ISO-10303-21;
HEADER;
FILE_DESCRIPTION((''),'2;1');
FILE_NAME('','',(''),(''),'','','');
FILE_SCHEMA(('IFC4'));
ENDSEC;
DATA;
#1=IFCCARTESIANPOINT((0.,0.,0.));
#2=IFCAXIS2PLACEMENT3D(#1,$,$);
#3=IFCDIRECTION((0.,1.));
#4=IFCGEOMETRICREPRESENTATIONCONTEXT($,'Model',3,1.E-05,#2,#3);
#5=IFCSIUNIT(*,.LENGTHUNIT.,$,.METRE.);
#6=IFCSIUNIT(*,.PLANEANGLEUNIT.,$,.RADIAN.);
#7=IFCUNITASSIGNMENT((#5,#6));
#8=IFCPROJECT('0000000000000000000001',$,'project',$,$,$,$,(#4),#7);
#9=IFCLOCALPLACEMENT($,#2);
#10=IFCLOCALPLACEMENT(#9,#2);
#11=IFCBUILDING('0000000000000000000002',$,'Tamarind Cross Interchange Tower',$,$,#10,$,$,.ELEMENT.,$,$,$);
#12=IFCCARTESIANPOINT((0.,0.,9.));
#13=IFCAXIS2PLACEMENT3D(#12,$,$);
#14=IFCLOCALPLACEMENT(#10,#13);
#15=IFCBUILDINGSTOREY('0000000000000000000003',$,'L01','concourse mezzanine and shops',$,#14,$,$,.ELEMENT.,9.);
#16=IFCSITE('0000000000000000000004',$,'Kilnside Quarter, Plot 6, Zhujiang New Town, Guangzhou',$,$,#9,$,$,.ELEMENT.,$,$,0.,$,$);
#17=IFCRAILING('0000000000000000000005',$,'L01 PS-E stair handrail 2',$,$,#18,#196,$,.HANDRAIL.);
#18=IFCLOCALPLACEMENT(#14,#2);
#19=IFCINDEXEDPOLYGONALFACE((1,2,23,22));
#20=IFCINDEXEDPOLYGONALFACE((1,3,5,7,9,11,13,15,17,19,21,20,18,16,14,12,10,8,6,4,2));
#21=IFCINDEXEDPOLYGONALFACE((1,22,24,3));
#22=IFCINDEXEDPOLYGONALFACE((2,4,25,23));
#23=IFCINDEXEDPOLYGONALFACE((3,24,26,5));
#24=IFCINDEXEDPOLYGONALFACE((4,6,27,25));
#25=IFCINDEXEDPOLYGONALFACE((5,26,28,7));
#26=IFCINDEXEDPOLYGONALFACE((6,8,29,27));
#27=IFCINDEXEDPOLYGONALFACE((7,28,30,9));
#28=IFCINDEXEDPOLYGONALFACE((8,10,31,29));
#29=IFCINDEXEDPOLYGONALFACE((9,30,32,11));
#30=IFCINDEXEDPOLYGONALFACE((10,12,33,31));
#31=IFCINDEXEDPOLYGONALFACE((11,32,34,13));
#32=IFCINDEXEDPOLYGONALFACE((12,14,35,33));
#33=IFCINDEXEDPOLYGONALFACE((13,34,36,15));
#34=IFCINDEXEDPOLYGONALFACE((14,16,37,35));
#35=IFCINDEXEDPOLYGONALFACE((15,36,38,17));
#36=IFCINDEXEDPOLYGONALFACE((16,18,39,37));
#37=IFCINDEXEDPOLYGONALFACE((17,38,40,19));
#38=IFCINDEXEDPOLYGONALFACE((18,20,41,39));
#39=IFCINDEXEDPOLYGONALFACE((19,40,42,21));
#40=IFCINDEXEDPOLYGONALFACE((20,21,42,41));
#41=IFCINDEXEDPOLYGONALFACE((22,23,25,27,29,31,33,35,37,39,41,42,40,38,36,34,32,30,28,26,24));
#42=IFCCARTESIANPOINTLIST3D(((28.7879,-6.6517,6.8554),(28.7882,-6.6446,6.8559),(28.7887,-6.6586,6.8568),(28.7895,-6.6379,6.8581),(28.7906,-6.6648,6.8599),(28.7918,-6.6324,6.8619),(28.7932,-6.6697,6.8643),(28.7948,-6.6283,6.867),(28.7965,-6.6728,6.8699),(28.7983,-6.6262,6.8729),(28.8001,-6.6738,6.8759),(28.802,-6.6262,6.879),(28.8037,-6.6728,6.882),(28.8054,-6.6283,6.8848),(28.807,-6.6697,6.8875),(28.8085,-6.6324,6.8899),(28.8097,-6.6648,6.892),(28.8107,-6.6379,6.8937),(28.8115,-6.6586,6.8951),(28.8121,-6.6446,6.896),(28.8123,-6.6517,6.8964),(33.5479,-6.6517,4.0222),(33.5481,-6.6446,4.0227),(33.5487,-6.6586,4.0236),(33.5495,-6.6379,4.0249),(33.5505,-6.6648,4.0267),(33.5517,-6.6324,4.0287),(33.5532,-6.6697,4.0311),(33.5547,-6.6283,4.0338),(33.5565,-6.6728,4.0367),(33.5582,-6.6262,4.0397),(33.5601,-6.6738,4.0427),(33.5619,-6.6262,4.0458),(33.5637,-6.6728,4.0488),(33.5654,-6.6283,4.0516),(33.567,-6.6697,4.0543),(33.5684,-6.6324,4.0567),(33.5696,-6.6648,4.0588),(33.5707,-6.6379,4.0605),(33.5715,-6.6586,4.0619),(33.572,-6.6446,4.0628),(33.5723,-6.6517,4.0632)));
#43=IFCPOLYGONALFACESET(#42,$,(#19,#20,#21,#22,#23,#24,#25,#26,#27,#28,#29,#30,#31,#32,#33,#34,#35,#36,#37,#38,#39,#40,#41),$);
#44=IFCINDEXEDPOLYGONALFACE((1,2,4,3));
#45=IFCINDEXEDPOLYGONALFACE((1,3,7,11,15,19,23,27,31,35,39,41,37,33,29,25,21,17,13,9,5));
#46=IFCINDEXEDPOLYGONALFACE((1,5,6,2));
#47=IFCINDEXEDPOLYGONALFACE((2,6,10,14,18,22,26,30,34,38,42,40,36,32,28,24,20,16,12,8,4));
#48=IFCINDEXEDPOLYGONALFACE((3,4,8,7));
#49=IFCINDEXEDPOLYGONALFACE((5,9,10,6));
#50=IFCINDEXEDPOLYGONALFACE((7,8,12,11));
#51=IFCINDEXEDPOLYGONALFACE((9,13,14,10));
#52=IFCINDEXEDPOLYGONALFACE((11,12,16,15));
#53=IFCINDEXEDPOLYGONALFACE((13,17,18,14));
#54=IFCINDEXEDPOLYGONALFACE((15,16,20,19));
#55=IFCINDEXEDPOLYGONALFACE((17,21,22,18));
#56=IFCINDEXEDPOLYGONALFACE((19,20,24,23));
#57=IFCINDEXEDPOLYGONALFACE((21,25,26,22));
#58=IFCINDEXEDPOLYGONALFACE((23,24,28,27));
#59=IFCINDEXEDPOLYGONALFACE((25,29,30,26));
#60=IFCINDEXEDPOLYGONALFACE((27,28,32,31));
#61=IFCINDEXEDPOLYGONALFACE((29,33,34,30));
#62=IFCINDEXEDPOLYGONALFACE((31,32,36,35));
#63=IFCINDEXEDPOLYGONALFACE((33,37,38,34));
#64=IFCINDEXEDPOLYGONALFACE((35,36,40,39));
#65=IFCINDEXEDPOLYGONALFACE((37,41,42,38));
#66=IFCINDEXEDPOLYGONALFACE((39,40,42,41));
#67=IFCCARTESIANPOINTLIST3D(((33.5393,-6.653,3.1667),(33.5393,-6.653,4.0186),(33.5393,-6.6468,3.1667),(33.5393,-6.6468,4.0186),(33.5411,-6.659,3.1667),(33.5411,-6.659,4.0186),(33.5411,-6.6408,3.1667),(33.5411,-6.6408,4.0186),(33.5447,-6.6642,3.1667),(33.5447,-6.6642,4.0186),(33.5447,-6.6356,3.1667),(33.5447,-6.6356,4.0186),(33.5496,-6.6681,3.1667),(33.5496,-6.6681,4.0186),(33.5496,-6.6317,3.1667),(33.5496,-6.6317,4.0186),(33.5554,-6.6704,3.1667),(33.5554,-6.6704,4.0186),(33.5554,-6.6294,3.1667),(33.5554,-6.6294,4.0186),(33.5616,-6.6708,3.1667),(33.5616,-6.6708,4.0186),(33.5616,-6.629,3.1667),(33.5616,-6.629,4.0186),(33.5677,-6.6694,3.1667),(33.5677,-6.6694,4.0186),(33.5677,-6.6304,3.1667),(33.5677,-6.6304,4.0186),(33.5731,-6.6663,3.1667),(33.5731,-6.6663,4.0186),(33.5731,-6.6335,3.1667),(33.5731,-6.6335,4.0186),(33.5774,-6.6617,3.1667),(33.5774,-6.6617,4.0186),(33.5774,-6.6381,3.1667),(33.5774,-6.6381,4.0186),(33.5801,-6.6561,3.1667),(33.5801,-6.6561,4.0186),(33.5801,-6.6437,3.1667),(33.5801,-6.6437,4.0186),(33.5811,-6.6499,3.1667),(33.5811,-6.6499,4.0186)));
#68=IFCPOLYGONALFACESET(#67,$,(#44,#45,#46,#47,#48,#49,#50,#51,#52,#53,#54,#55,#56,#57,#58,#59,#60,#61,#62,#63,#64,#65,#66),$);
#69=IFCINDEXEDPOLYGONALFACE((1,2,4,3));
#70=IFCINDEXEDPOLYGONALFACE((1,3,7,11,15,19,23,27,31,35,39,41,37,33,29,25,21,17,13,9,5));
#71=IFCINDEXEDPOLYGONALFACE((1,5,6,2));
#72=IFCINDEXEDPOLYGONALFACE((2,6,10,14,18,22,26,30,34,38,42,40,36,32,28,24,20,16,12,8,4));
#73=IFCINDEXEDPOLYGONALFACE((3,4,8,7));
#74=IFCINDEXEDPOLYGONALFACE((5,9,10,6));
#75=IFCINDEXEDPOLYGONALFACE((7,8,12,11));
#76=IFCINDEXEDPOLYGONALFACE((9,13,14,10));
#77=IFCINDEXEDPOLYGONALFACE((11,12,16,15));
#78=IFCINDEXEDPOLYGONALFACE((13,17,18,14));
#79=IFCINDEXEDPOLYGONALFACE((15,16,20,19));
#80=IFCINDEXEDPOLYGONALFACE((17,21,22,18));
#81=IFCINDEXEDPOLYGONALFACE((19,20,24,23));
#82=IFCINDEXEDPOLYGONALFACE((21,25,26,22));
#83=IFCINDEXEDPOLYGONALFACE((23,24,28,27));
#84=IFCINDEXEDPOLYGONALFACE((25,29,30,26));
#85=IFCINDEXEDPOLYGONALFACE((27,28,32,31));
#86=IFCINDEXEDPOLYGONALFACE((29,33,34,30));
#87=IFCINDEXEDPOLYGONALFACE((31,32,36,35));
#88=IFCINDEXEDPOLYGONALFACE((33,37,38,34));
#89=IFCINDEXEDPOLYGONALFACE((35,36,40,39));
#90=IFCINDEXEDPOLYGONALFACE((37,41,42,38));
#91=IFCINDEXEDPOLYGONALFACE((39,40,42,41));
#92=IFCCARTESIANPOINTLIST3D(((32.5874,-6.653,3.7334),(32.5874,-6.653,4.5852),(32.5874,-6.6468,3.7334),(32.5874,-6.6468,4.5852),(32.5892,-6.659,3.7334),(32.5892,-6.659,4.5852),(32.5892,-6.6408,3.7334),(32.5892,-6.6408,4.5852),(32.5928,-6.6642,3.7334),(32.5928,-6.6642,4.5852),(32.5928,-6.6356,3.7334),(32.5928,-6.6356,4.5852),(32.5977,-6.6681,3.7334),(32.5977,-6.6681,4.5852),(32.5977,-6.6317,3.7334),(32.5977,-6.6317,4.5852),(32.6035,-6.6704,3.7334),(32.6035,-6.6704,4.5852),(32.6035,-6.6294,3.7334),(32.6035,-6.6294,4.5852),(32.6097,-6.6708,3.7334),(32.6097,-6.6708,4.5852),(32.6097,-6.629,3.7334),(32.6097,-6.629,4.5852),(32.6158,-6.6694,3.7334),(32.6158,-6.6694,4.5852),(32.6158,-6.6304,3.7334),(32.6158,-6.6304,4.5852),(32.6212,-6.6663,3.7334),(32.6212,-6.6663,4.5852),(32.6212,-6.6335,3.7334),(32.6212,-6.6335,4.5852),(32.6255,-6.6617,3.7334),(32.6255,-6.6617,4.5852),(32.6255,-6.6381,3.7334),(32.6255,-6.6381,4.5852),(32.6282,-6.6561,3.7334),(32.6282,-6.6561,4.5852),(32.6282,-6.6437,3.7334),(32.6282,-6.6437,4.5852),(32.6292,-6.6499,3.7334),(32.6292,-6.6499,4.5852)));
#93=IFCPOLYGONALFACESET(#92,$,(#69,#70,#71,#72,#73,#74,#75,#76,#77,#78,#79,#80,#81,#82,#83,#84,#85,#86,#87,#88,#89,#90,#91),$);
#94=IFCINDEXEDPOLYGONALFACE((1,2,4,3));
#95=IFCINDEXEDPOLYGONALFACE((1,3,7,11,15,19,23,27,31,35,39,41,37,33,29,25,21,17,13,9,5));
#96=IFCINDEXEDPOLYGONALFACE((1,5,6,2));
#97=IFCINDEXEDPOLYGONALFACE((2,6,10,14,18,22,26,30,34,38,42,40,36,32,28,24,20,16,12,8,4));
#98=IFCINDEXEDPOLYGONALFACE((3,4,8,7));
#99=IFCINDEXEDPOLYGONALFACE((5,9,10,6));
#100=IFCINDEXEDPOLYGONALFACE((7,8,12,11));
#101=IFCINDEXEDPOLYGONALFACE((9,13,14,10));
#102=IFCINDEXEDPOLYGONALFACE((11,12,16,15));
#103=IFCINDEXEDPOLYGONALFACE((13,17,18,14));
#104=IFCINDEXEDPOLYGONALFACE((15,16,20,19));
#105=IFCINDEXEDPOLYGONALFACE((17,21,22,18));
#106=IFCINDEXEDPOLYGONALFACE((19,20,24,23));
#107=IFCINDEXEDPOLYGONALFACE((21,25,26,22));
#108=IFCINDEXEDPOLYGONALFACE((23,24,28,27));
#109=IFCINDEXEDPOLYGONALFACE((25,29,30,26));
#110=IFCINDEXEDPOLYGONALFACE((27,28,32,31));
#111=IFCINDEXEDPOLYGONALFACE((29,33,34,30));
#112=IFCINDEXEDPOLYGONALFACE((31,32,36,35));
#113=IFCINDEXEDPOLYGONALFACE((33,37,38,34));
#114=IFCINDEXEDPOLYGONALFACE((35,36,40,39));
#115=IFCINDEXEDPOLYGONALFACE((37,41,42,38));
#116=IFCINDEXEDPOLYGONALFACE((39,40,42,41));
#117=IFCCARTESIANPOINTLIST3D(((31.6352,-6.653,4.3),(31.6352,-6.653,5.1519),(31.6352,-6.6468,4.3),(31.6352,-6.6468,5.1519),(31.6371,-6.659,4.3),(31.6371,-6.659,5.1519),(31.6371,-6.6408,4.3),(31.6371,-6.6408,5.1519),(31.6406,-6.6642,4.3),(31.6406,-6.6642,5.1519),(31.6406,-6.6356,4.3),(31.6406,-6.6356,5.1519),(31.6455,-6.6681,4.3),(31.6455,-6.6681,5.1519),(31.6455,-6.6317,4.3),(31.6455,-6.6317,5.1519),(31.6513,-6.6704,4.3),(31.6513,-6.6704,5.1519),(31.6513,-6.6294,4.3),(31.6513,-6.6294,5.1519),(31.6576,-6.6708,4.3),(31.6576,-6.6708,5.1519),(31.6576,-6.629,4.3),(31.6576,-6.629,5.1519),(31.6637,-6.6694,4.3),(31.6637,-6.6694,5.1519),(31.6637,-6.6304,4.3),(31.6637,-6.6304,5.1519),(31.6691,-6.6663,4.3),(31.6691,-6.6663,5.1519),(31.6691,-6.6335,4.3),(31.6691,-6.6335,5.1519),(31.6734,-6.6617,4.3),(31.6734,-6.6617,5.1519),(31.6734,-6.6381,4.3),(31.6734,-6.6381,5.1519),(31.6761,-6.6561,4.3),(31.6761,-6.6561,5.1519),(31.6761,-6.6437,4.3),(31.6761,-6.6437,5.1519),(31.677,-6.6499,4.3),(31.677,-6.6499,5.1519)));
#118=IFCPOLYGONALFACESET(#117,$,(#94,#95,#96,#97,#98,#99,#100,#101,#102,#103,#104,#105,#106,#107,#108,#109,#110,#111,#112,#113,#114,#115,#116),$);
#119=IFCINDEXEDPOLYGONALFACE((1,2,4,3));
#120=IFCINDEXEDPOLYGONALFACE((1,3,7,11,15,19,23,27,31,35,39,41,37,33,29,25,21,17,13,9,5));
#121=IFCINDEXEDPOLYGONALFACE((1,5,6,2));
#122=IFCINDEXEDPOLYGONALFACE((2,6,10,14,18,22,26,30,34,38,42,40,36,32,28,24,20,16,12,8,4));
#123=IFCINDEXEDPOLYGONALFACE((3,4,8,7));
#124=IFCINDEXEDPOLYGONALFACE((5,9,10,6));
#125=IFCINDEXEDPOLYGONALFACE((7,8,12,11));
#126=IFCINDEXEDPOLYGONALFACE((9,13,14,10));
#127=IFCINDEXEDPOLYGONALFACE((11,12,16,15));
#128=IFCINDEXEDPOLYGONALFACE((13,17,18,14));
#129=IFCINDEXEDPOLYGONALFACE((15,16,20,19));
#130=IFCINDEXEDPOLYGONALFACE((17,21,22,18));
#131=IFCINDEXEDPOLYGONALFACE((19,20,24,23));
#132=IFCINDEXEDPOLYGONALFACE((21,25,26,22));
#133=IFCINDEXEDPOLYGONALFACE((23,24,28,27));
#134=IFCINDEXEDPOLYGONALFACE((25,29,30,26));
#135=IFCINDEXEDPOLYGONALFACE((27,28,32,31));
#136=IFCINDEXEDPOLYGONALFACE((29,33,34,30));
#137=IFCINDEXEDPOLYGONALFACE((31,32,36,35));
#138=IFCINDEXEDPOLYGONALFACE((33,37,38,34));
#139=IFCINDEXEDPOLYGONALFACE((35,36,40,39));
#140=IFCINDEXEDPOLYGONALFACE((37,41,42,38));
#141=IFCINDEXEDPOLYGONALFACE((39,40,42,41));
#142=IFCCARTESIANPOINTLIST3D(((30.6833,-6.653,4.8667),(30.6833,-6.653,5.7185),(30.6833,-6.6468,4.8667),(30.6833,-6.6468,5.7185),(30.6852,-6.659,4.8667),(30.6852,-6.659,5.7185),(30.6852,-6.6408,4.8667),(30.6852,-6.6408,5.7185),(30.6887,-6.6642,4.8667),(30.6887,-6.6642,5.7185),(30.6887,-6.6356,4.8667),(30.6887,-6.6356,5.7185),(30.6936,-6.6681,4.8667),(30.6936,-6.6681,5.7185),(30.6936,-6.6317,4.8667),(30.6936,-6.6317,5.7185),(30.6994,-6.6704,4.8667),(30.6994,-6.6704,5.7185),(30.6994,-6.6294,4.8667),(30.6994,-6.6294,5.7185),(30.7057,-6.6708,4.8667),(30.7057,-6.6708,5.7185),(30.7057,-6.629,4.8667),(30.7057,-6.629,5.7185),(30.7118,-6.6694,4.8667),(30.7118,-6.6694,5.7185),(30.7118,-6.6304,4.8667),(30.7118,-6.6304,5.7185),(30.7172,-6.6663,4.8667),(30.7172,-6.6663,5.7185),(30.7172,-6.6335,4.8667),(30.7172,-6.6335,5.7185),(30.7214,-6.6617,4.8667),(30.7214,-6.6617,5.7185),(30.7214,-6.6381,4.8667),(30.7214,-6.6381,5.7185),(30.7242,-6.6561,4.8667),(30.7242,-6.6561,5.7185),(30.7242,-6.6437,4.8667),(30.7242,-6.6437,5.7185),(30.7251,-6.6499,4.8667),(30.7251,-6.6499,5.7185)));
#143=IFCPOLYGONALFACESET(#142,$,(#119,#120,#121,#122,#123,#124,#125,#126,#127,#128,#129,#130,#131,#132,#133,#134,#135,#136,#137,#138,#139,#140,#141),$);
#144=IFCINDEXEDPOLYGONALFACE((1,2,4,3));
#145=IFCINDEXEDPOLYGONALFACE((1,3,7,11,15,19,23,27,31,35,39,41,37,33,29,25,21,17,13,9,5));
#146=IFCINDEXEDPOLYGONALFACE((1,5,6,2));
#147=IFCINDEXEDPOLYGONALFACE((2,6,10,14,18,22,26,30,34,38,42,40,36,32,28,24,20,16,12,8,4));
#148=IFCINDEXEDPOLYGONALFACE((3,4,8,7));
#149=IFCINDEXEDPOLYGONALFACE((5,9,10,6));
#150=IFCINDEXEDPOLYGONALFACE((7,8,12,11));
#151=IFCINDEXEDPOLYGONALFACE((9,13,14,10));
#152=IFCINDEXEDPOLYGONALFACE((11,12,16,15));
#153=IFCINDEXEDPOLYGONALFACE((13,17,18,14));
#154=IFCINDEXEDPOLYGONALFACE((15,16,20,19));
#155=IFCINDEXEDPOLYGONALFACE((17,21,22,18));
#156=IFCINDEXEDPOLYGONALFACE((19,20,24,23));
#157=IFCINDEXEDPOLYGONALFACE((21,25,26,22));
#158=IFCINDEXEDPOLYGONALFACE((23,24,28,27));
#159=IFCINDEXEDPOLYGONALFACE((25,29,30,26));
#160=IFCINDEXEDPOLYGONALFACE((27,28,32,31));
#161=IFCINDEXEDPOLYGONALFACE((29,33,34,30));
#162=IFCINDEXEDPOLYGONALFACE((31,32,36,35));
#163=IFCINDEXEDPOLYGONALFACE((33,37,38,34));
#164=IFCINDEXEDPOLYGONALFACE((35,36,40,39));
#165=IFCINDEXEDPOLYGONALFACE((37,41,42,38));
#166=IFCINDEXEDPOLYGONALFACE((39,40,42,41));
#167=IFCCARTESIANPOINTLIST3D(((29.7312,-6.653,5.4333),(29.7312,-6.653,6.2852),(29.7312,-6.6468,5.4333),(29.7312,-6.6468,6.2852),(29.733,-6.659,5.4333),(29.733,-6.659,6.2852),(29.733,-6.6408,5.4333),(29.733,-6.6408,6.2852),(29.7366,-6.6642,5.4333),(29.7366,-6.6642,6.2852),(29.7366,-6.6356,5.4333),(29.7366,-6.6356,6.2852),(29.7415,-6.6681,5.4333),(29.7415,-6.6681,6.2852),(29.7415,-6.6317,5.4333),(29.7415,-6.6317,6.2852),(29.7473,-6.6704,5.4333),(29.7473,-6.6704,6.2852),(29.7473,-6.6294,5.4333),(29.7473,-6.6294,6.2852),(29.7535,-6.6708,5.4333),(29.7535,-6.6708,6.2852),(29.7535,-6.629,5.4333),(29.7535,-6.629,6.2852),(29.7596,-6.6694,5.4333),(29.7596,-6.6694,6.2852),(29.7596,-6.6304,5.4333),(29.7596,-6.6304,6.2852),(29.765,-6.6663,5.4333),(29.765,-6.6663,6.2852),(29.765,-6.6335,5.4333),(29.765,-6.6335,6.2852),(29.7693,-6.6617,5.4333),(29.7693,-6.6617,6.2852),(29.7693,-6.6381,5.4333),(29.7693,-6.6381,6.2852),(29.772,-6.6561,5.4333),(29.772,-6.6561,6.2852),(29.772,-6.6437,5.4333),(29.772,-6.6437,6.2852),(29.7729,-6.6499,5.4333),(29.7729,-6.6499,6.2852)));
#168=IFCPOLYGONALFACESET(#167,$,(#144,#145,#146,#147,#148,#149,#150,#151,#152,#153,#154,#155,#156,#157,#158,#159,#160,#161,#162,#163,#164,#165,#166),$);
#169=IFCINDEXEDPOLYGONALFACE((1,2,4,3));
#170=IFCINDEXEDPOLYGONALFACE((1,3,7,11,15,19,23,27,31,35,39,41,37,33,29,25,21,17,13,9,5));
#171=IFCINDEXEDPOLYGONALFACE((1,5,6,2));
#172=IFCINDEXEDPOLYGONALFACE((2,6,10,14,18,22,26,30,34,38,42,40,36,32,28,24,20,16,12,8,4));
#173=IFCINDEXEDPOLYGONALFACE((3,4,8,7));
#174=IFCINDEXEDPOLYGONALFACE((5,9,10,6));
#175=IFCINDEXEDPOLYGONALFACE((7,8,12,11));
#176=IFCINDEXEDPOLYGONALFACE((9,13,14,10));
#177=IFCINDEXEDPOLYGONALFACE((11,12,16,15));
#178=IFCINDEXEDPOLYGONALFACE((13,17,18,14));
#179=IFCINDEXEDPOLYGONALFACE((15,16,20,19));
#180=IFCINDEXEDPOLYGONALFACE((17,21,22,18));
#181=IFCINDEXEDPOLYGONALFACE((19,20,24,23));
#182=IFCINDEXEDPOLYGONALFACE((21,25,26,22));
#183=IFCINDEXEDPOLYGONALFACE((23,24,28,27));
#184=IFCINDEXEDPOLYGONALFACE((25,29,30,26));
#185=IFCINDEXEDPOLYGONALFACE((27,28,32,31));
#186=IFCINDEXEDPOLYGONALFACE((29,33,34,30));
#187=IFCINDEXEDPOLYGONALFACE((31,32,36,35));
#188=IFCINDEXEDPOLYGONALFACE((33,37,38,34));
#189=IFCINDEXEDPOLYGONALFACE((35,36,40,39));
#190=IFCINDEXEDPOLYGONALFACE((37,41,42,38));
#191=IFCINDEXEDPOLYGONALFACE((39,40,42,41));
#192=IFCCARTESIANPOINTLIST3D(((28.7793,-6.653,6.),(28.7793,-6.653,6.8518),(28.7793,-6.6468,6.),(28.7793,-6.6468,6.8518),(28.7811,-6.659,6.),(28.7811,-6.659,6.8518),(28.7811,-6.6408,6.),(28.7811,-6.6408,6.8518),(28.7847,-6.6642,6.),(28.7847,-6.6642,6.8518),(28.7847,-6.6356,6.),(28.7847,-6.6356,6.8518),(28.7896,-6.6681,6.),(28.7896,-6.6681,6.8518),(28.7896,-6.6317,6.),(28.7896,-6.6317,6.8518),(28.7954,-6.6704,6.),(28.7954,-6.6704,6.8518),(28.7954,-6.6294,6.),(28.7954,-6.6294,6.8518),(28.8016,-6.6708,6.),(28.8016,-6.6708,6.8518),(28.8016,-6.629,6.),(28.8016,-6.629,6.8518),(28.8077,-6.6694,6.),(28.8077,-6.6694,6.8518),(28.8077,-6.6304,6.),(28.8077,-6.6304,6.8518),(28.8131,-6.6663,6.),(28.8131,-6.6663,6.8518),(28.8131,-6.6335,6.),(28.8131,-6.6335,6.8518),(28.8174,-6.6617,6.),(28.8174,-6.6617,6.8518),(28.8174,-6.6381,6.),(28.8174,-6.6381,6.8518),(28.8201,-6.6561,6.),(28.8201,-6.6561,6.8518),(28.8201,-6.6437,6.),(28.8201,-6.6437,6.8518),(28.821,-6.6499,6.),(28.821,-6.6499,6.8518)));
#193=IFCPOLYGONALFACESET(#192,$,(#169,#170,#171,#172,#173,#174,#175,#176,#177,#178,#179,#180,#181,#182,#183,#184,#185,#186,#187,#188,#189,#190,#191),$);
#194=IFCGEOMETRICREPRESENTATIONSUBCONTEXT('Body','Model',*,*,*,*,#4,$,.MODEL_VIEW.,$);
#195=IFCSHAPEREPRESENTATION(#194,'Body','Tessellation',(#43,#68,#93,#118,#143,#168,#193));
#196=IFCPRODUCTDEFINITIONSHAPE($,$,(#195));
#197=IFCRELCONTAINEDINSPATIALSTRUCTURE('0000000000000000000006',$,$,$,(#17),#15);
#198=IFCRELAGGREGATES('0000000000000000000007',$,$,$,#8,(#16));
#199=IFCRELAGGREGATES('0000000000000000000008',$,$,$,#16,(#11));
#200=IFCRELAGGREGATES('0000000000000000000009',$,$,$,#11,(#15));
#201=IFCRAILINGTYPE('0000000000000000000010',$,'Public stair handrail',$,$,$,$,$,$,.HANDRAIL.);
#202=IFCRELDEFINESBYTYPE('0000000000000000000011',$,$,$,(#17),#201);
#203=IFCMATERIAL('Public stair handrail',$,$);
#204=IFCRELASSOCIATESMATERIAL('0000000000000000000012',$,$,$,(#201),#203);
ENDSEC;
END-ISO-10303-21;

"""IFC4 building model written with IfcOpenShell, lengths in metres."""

from ifc_helpers import new_model, si_unit, direction, frame, origin, origin_2d, place, context, subcontext, project, spatial, circle, extrude, material, type_object, element, save


model = new_model("IFC4")

# Units and contexts
model_context = context("Model", 3, precision=1e-05, world=origin(), true_north=direction((0.0, 1.0)))
body_context = subcontext(model_context, "Body", "Model", "MODEL_VIEW")
ifc_project = project(units=[si_unit("LENGTHUNIT", "METRE"), si_unit("PLANEANGLEUNIT", "RADIAN")], contexts=[model_context])

# Site, building, storey
site_placement = place(None, origin())
site = spatial("IfcSite", under=ifc_project, at=site_placement, Name="Kilnside Quarter, Plot 6, Zhujiang New Town, Guangzhou", CompositionType="ELEMENT", RefElevation=0.0)
building_placement = place(site_placement, origin())
building = spatial("IfcBuilding", under=site, at=building_placement, Name="Tamarind Cross Interchange Tower", CompositionType="ELEMENT")
storey_placement = place(building_placement, frame((0.0, 0.0, 9.0)))
storey = spatial("IfcBuildingStorey", under=building, at=storey_placement, Name="L01", Description="concourse mezzanine and shops", CompositionType="ELEMENT", Elevation=9.0)

# Railing
ifc_material_1 = material(Name="Public stair handrail")
railing_type_1 = type_object("IfcRailingType", Name="Public stair handrail", PredefinedType="HANDRAIL", material=ifc_material_1)
railing_1_placement = place(storey_placement, frame((33.5601, -6.6499, 3.1667)))
element("IfcRailing", 1, at=railing_1_placement, inside=storey, type_object=railing_type_1, Name="L01 PS-E stair handrail 2", PredefinedType="HANDRAIL", context=body_context, shape_type="SweptSolid", body=[
    extrude(circle(Radius=0.0239, at=origin_2d()), frame((0.0, 0.0, 0.876), z_axis=(-0.8593, 0.0, 0.511472), x_axis=(0.0, -1.0, 0.0)), (0.0, 0.0, 1.0), 5.5393),
    extrude(circle(Radius=0.021, at=origin_2d()), origin(), (0.0, 0.0, 1.0), 0.8518),
    extrude(circle(Radius=0.021, at=origin_2d()), frame((-0.9519, 0.0, 0.5667)), (0.0, 0.0, 1.0), 0.8518),
    extrude(circle(Radius=0.021, at=origin_2d()), frame((-1.9041, 0.0, 1.1333)), (0.0, 0.0, 1.0), 0.8518),
    extrude(circle(Radius=0.021, at=origin_2d()), frame((-2.856, 0.0, 1.7)), (0.0, 0.0, 1.0), 0.8518),
    extrude(circle(Radius=0.021, at=origin_2d()), frame((-3.8081, 0.0, 2.2666)), (0.0, 0.0, 1.0), 0.8518),
    extrude(circle(Radius=0.021, at=origin_2d()), frame((-4.76, 0.0, 2.8333)), (0.0, 0.0, 1.0), 0.8518),
])

save(model, "model.ifc")
